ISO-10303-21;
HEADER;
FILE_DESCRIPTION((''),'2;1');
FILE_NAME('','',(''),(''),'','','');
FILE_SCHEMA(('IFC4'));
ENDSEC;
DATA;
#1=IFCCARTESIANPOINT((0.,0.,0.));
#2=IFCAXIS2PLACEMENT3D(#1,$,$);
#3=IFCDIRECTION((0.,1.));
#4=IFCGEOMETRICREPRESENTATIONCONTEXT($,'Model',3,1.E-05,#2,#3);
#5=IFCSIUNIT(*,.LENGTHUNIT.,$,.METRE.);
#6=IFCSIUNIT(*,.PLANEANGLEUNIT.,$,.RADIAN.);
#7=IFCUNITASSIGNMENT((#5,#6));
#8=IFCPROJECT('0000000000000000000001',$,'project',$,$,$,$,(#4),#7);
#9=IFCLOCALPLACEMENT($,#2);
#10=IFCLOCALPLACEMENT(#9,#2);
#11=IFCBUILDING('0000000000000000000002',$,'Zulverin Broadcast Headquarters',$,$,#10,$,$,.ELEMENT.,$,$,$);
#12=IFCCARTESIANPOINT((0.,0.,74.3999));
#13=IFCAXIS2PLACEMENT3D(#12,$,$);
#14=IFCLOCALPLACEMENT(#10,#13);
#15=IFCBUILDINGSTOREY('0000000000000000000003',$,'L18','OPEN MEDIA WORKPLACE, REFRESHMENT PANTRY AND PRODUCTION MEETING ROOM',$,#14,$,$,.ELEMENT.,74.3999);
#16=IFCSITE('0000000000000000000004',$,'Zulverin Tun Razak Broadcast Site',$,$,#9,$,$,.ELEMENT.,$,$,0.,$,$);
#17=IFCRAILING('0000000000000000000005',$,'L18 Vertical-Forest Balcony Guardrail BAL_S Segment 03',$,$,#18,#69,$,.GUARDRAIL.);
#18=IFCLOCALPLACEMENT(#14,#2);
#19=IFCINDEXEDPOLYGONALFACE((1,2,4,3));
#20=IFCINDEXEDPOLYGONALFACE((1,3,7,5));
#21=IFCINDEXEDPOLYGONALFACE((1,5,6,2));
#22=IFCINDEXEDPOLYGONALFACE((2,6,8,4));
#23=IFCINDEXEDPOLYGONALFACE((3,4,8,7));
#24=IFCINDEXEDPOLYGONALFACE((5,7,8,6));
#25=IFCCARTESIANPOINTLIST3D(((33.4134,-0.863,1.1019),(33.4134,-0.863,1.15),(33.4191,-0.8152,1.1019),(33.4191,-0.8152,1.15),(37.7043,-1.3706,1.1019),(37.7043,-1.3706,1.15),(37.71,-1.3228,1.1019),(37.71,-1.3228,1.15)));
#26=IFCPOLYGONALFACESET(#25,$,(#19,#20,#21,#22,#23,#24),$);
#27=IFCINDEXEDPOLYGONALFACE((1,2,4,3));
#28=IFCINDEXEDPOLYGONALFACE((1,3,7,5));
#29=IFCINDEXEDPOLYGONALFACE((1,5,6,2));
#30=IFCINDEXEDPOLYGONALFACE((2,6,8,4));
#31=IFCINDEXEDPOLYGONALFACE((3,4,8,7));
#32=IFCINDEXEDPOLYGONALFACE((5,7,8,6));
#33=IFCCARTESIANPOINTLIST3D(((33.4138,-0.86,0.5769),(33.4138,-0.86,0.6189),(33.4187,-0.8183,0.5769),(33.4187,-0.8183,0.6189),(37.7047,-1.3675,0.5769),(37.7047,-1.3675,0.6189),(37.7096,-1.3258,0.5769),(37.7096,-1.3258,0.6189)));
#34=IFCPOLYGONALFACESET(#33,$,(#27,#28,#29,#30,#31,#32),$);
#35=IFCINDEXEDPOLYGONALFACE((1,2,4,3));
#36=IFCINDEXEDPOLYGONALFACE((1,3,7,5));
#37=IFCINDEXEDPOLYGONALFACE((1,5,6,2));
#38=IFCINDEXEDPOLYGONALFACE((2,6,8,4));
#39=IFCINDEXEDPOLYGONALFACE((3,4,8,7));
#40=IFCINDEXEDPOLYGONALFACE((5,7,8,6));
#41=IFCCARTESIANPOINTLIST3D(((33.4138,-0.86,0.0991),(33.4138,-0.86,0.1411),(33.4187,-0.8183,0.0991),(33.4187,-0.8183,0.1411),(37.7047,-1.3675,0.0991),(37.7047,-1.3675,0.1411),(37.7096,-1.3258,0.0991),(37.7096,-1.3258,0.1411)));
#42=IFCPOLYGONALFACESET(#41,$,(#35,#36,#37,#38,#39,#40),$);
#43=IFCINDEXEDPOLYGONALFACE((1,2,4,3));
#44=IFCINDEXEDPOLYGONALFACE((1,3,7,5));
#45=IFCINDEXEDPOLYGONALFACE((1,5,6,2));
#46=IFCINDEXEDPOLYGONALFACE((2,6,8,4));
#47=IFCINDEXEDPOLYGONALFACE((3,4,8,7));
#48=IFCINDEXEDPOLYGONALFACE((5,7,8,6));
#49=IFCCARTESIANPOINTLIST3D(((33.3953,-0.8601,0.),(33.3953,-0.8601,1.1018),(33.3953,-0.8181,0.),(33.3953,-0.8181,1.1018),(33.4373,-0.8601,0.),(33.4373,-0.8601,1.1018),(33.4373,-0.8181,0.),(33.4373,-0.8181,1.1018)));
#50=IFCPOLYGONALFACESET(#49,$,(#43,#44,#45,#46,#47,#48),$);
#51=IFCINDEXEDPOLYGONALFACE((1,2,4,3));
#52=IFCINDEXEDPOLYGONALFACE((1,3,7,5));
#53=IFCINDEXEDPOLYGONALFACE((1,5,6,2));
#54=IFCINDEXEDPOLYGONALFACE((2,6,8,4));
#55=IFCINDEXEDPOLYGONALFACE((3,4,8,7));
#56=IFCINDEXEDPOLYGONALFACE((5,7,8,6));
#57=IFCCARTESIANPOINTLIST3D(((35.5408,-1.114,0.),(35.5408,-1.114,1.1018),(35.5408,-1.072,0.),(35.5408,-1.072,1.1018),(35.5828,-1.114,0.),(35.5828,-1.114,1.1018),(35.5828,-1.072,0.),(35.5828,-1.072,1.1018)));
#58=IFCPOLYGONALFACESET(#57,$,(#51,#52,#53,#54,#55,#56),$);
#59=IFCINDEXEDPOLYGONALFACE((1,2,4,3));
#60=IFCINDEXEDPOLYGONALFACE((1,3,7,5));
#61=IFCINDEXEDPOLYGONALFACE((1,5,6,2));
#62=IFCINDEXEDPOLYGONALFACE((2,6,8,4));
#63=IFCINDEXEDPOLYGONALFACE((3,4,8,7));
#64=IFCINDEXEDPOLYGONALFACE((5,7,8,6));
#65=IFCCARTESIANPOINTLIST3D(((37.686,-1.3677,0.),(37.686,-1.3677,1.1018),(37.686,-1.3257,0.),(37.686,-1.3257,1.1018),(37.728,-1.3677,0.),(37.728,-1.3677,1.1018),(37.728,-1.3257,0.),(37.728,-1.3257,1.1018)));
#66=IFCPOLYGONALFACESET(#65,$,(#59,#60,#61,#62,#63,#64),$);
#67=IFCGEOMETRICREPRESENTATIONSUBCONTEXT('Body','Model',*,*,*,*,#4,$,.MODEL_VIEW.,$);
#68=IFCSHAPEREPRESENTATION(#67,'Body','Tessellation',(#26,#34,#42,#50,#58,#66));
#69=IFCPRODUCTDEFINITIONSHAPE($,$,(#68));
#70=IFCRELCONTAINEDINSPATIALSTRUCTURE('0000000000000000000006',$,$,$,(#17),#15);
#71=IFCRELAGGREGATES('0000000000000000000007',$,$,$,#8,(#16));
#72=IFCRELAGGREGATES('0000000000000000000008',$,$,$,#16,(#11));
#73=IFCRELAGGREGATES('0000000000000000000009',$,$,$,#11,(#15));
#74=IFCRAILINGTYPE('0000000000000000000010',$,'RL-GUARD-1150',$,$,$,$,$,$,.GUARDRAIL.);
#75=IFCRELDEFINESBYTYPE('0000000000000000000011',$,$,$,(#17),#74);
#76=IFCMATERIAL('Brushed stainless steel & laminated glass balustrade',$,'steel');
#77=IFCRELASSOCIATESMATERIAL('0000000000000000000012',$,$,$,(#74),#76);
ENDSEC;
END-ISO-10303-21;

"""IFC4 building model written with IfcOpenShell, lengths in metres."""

from ifc_helpers import new_model, si_unit, direction, frame, origin, origin_2d, place, context, subcontext, project, spatial, rectangle, extrude, material, type_object, element, save


model = new_model("IFC4")

# Units and contexts
model_context = context("Model", 3, precision=1e-05, world=origin(), true_north=direction((0.0, 1.0)))
body_context = subcontext(model_context, "Body", "Model", "MODEL_VIEW")
ifc_project = project(units=[si_unit("LENGTHUNIT", "METRE"), si_unit("PLANEANGLEUNIT", "RADIAN")], contexts=[model_context])

# Site, building, storey
site_placement = place(None, origin())
site = spatial("IfcSite", under=ifc_project, at=site_placement, Name="Zulverin Tun Razak Broadcast Site", CompositionType="ELEMENT", RefElevation=0.0)
building_placement = place(site_placement, origin())
building = spatial("IfcBuilding", under=site, at=building_placement, Name="Zulverin Broadcast Headquarters", CompositionType="ELEMENT")
storey_placement = place(building_placement, frame((0.0, 0.0, 74.3999)))
storey = spatial("IfcBuildingStorey", under=building, at=storey_placement, Name="L18", Description="OPEN MEDIA WORKPLACE, REFRESHMENT PANTRY AND PRODUCTION MEETING ROOM", CompositionType="ELEMENT", Elevation=74.3999)

# Railing
ifc_material_1 = material(Name="Brushed stainless steel & laminated glass balustrade", Category="steel")
railing_type = type_object("IfcRailingType", Name="RL-GUARD-1150", PredefinedType="GUARDRAIL", material=ifc_material_1)
railing_1_placement = place(storey_placement, frame((33.4163, -0.8391, 0.0)))
element("IfcRailing", 1, at=railing_1_placement, inside=storey, type_object=railing_type, Name="L18 Vertical-Forest Balcony Guardrail BAL_S Segment 03", PredefinedType="GUARDRAIL", context=body_context, shape_type="SweptSolid", body=[
    extrude(rectangle(XDim=0.0481, YDim=0.0481, at=origin_2d()), frame((0.0, 0.0, 1.126), z_axis=(0.993076, -0.117474, 0.0), x_axis=(0.117474, 0.993076, 0.0)), (0.0, 0.0, 1.0), 4.3208),
    extrude(rectangle(XDim=0.042, YDim=0.042, at=origin_2d()), frame((0.0, 0.0, 0.5979), z_axis=(0.993076, -0.117474, 0.0), x_axis=(0.117474, 0.993076, 0.0)), (0.0, 0.0, 1.0), 4.3208),
    extrude(rectangle(XDim=0.042, YDim=0.042, at=origin_2d()), frame((0.0, 0.0, 0.1201), z_axis=(0.993076, -0.117474, 0.0), x_axis=(0.117474, 0.993076, 0.0)), (0.0, 0.0, 1.0), 4.3208),
    extrude(rectangle(XDim=0.042, YDim=0.042, at=origin_2d()), origin(), (0.0, 0.0, 1.0), 1.1018),
    extrude(rectangle(XDim=0.042, YDim=0.042, at=origin_2d()), frame((2.1455, -0.2539, 0.0)), (0.0, 0.0, 1.0), 1.1018),
    extrude(rectangle(XDim=0.042, YDim=0.042, at=origin_2d()), frame((4.2908, -0.5076, 0.0)), (0.0, 0.0, 1.0), 1.1018),
])

save(model, "model.ifc")
